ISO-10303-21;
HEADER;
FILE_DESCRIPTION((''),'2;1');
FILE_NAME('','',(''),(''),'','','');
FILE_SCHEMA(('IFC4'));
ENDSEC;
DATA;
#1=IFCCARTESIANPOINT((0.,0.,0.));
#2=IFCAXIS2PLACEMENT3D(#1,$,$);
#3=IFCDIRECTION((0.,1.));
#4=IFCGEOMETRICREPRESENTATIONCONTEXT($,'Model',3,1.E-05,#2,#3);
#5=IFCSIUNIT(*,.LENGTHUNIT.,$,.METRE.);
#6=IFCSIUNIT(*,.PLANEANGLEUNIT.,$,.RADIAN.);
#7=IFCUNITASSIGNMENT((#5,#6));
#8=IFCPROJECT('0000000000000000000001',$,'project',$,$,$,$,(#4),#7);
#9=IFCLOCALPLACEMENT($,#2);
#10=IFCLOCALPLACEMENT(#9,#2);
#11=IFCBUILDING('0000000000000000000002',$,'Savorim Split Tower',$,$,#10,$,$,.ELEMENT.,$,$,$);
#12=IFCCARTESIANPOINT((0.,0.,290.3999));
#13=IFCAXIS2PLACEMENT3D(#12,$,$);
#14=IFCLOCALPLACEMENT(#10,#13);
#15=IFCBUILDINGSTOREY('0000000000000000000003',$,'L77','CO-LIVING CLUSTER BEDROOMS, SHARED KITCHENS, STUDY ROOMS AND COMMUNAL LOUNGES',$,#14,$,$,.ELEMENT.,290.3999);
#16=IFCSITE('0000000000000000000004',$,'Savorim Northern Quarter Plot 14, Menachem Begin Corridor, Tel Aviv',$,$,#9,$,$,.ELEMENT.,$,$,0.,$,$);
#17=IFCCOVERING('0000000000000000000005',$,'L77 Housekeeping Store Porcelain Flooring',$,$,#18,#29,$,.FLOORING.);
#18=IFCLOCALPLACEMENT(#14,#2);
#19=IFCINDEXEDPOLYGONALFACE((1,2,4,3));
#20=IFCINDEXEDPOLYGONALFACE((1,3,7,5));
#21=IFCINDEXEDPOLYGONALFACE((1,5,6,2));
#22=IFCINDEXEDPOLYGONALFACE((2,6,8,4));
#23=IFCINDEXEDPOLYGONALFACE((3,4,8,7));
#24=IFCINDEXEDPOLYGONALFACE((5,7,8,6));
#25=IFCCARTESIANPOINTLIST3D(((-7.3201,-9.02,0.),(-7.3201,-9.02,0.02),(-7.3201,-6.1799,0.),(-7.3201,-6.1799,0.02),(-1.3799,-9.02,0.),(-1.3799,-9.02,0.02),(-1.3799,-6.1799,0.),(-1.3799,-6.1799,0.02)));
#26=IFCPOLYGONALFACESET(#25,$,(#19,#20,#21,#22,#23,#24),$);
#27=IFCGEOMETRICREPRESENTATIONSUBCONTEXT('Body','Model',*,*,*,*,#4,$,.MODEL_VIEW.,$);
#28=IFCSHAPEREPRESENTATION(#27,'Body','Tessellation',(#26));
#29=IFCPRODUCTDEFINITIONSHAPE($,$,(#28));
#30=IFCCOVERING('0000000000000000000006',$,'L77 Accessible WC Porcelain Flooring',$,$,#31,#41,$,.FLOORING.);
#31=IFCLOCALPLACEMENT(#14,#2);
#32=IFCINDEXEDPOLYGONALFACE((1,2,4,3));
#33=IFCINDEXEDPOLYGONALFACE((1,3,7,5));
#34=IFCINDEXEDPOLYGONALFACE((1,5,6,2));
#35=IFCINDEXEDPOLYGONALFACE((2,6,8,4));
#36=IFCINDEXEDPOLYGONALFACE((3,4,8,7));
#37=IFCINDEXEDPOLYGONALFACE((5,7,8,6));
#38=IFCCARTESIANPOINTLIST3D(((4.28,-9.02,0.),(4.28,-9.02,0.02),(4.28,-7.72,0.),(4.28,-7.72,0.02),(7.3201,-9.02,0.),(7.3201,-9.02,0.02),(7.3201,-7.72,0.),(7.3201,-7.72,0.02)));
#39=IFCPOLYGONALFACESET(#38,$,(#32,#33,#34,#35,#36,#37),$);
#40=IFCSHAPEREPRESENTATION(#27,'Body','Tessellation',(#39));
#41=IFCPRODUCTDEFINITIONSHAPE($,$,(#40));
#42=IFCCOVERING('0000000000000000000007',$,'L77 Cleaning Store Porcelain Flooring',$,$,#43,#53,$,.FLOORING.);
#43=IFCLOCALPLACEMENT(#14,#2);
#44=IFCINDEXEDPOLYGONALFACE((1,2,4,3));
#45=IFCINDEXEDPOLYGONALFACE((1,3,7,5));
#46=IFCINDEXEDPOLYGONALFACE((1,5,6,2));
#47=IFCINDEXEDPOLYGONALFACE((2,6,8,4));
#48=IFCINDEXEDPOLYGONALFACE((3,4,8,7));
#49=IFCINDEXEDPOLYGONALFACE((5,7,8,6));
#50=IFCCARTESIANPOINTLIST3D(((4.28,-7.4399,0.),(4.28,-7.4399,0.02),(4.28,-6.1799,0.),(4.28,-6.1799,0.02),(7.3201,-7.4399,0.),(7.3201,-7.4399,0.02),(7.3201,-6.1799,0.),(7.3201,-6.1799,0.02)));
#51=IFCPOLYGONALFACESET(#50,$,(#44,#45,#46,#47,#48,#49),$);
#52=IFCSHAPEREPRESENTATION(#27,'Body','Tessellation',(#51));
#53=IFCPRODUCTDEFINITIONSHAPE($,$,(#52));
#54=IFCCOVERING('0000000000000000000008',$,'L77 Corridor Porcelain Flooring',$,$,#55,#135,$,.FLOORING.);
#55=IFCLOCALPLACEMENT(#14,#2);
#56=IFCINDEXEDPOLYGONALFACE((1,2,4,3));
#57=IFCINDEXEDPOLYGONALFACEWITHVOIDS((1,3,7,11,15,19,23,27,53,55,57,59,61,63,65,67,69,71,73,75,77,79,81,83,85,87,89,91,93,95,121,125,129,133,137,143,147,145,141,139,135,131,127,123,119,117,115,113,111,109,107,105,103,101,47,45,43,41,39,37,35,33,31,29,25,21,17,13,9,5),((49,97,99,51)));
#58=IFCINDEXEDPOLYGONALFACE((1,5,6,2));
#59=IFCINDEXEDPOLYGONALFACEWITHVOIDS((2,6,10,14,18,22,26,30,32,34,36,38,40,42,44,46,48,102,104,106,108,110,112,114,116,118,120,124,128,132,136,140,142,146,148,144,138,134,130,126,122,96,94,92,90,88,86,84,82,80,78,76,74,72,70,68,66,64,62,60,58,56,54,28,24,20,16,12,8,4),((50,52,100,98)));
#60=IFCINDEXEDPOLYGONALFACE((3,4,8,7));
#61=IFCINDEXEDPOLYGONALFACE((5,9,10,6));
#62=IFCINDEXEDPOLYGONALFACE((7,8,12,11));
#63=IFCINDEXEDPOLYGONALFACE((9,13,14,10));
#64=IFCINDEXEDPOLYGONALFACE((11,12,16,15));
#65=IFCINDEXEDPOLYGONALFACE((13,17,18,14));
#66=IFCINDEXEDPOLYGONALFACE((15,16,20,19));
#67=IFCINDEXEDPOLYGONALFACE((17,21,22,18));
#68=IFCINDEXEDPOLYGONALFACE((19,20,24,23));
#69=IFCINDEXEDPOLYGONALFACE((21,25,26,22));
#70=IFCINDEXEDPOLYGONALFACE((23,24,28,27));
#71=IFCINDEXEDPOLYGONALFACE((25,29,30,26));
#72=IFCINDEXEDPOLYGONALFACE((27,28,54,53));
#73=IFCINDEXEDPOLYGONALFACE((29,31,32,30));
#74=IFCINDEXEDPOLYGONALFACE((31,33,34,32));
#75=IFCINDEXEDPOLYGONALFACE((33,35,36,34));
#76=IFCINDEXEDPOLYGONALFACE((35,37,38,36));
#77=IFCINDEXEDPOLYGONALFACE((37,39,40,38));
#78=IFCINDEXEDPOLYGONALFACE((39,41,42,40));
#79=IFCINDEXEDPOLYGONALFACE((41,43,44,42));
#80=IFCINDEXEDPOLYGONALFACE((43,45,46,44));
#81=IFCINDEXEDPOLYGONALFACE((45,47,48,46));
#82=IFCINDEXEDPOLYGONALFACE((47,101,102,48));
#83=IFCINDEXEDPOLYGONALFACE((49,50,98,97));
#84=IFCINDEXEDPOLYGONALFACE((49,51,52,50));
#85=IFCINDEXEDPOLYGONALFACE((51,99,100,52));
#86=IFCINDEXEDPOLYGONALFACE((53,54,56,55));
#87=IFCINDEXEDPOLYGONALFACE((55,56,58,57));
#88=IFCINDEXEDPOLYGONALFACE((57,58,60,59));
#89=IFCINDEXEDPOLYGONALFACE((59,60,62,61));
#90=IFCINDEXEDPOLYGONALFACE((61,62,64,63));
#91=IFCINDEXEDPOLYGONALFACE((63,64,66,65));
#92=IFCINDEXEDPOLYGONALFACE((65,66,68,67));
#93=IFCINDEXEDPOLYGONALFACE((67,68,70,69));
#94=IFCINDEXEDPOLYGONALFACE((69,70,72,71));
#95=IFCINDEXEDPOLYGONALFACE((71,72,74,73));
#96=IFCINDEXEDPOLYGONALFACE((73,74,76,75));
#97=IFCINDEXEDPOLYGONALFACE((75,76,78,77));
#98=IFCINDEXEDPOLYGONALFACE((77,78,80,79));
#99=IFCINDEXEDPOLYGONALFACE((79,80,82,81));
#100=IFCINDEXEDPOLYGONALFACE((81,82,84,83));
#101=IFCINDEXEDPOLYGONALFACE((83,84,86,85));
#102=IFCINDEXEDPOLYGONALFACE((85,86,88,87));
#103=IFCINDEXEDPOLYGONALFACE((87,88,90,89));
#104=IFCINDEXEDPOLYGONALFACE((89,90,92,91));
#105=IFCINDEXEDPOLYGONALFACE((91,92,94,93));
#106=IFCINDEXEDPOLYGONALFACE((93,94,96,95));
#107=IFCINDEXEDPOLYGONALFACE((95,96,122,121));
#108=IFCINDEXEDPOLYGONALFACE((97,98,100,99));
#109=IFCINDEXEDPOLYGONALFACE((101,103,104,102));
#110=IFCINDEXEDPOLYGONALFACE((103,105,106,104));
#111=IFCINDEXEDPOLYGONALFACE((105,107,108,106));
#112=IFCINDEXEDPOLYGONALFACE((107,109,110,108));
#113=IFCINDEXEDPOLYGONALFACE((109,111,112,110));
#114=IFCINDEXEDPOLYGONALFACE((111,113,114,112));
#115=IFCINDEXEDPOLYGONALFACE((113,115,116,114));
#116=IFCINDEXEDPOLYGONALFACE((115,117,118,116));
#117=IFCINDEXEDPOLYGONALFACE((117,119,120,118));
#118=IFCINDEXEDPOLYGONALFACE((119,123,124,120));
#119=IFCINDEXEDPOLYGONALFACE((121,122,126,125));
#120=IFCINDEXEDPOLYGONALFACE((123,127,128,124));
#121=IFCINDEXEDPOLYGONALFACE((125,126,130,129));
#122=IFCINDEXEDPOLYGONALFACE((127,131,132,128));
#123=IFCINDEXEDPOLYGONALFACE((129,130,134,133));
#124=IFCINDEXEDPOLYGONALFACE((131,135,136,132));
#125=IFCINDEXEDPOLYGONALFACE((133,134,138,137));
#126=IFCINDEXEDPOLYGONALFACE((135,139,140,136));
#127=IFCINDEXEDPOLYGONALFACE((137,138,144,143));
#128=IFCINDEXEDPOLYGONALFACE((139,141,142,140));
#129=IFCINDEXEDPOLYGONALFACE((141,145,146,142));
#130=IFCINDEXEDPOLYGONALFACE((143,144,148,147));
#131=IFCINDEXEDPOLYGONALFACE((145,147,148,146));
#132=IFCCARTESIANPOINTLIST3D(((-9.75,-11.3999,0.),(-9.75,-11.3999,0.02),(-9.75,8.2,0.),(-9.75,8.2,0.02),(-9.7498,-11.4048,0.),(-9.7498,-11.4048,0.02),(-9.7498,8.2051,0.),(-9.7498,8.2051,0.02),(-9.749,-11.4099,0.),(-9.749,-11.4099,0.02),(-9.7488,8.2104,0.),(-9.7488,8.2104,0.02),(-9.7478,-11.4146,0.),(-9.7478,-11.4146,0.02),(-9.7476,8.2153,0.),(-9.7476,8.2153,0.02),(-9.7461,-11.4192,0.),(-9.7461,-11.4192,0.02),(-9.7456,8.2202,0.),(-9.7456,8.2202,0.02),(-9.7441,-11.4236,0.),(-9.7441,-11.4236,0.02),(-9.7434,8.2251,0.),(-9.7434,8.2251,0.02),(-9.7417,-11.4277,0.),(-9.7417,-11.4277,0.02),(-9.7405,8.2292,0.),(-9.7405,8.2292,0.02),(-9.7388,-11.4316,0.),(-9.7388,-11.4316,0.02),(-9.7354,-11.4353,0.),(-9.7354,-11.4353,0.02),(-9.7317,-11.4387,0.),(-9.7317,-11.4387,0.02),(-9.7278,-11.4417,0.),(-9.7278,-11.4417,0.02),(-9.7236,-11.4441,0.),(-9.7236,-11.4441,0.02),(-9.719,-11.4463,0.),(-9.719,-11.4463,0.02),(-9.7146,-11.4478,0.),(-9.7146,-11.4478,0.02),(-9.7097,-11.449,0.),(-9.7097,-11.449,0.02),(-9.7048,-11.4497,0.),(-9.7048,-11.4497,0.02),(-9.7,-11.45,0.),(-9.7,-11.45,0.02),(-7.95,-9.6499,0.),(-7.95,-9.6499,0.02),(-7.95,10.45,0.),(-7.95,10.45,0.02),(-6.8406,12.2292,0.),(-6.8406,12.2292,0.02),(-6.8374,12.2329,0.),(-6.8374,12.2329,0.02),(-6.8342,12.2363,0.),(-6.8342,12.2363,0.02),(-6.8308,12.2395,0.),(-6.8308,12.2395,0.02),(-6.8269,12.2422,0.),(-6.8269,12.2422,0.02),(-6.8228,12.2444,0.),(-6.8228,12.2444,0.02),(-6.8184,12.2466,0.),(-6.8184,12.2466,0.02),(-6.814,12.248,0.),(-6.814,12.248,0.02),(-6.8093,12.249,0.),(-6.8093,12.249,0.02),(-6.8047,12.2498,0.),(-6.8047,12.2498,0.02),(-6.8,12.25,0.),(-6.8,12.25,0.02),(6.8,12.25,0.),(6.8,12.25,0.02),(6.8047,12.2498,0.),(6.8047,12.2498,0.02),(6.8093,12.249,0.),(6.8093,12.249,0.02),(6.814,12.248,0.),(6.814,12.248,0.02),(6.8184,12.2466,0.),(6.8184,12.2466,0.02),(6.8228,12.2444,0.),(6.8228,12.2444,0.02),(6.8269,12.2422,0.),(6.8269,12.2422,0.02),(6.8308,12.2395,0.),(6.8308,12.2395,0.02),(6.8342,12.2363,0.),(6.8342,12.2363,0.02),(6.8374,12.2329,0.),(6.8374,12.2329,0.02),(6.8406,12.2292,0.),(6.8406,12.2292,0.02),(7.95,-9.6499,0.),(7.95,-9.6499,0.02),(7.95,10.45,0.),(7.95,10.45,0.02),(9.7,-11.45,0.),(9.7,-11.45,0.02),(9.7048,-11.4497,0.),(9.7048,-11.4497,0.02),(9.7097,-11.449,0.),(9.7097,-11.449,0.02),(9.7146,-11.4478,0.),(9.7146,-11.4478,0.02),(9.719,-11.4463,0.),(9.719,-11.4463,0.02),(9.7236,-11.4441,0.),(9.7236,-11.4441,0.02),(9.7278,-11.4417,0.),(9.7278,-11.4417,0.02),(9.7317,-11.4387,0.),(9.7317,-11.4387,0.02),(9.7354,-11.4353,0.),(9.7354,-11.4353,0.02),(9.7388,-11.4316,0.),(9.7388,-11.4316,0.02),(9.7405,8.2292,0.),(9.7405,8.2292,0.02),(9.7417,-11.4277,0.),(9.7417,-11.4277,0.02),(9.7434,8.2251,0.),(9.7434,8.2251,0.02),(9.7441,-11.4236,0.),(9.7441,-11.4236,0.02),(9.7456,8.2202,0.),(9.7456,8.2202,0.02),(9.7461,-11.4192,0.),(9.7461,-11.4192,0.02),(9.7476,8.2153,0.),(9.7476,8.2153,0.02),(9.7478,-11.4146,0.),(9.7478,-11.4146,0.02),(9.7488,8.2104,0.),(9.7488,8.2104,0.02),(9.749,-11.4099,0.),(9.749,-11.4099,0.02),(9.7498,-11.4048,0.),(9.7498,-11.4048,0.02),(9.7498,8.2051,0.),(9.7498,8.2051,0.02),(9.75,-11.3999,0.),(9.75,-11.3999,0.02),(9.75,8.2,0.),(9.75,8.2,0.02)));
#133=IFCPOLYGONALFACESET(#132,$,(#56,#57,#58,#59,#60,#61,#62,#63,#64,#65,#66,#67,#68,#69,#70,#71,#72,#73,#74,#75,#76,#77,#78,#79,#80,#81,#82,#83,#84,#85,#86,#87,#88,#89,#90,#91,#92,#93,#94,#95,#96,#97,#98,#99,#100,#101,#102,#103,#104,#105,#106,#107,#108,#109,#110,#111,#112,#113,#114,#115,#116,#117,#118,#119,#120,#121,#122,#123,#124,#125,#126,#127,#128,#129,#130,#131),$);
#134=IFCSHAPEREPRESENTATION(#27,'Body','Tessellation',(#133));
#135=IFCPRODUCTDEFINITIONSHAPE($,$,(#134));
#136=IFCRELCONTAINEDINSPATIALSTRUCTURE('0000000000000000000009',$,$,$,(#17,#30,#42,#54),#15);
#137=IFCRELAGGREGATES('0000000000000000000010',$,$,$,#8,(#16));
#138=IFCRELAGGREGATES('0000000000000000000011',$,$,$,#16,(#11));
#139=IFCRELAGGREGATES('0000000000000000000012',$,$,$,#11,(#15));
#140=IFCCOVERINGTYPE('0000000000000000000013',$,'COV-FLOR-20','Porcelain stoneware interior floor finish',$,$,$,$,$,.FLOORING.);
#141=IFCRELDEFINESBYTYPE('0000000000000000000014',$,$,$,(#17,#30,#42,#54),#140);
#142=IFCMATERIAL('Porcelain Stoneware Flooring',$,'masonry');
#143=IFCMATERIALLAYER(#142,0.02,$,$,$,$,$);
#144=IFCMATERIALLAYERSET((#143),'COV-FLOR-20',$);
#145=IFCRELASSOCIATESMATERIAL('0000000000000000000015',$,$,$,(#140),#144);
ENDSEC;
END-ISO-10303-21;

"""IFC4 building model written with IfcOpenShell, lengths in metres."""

from ifc_helpers import new_model, si_unit, direction, frame, origin, place, context, subcontext, project, spatial, polyline, outline, extrude, material, layer, layer_set, type_object, element, save


model = new_model("IFC4")

# Units and contexts
model_context = context("Model", 3, precision=1e-05, world=origin(), true_north=direction((0.0, 1.0)))
body_context = subcontext(model_context, "Body", "Model", "MODEL_VIEW")
ifc_project = project(units=[si_unit("LENGTHUNIT", "METRE"), si_unit("PLANEANGLEUNIT", "RADIAN")], contexts=[model_context])

# Site, building, storey
site_placement = place(None, origin())
site = spatial("IfcSite", under=ifc_project, at=site_placement, Name="Savorim Northern Quarter Plot 14, Menachem Begin Corridor, Tel Aviv", CompositionType="ELEMENT", RefElevation=0.0)
building_placement = place(site_placement, origin())
building = spatial("IfcBuilding", under=site, at=building_placement, Name="Savorim Split Tower", CompositionType="ELEMENT")
storey_placement = place(building_placement, frame((0.0, 0.0, 290.3999)))
storey = spatial("IfcBuildingStorey", under=building, at=storey_placement, Name="L77", Description="CO-LIVING CLUSTER BEDROOMS, SHARED KITCHENS, STUDY ROOMS AND COMMUNAL LOUNGES", CompositionType="ELEMENT", Elevation=290.3999)

# Coverings
ifc_material_1 = material(Name="Porcelain Stoneware Flooring", Category="masonry")
ifc_layer_1 = layer(ifc_material_1, 0.02)
ifc_layer_set_1 = layer_set([ifc_layer_1], Name="COV-FLOR-20")
covering_type_1 = type_object("IfcCoveringType", Name="COV-FLOR-20", Description="Porcelain stoneware interior floor finish", PredefinedType="FLOORING", material=ifc_layer_set_1)
covering_1_placement = place(storey_placement, origin())
element("IfcCovering", 1, at=covering_1_placement, inside=storey, type_object=covering_type_1, Name="L77 Housekeeping Store Porcelain Flooring", PredefinedType="FLOORING", context=body_context, shape_type="SweptSolid", body=[
    extrude(outline(polyline([(-7.3201, -6.1799), (-7.3201, -9.02), (-1.3799, -9.02), (-1.3799, -6.1799), (-7.3201, -6.1799)])), origin(), (0.0, 0.0, 1.0), 0.02),
])
covering_2_placement = place(storey_placement, origin())
element("IfcCovering", 2, at=covering_2_placement, inside=storey, type_object=covering_type_1, Name="L77 Accessible WC Porcelain Flooring", PredefinedType="FLOORING", context=body_context, shape_type="SweptSolid", body=[
    extrude(outline(polyline([(4.28, -7.72), (4.28, -9.02), (7.3201, -9.02), (7.3201, -7.72), (4.28, -7.72)])), origin(), (0.0, 0.0, 1.0), 0.02),
])
covering_3_placement = place(storey_placement, origin())
element("IfcCovering", 3, at=covering_3_placement, inside=storey, type_object=covering_type_1, Name="L77 Cleaning Store Porcelain Flooring", PredefinedType="FLOORING", context=body_context, shape_type="SweptSolid", body=[
    extrude(outline(polyline([(4.28, -6.1799), (4.28, -7.4399), (7.3201, -7.4399), (7.3201, -6.1799), (4.28, -6.1799)])), origin(), (0.0, 0.0, 1.0), 0.02),
])
covering_4_placement = place(storey_placement, origin())
element("IfcCovering", 4, at=covering_4_placement, inside=storey, type_object=covering_type_1, Name="L77 Corridor Porcelain Flooring", PredefinedType="FLOORING", context=body_context, shape_type="SweptSolid", body=[
    extrude(outline(polyline([(6.8093, 12.249), (6.8047, 12.2498), (6.8, 12.25), (-6.8, 12.25), (-6.8047, 12.2498), (-6.8093, 12.249), (-6.814, 12.248), (-6.8184, 12.2466), (-6.8228, 12.2444), (-6.8269, 12.2422), (-6.8308, 12.2395), (-6.8342, 12.2363), (-6.8374, 12.2329), (-6.8406, 12.2292), (-9.7405, 8.2292), (-9.7434, 8.2251), (-9.7456, 8.2202), (-9.7476, 8.2153), (-9.7488, 8.2104), (-9.7498, 8.2051), (-9.75, 8.2), (-9.75, -11.3999), (-9.7498, -11.4048), (-9.749, -11.4099), (-9.7478, -11.4146), (-9.7461, -11.4192), (-9.7441, -11.4236), (-9.7417, -11.4277), (-9.7388, -11.4316), (-9.7354, -11.4353), (-9.7317, -11.4387), (-9.7278, -11.4417), (-9.7236, -11.4441), (-9.719, -11.4463), (-9.7146, -11.4478), (-9.7097, -11.449), (-9.7048, -11.4497), (-9.7, -11.45), (9.7, -11.45), (9.7048, -11.4497), (9.7097, -11.449), (9.7146, -11.4478), (9.719, -11.4463), (9.7236, -11.4441), (9.7278, -11.4417), (9.7317, -11.4387), (9.7354, -11.4353), (9.7388, -11.4316), (9.7417, -11.4277), (9.7441, -11.4236), (9.7461, -11.4192), (9.7478, -11.4146), (9.749, -11.4099), (9.7498, -11.4048), (9.75, -11.3999), (9.75, 8.2), (9.7498, 8.2051), (9.7488, 8.2104), (9.7476, 8.2153), (9.7456, 8.2202), (9.7434, 8.2251), (9.7405, 8.2292), (6.8406, 12.2292), (6.8374, 12.2329), (6.8342, 12.2363), (6.8308, 12.2395), (6.8269, 12.2422), (6.8228, 12.2444), (6.8184, 12.2466), (6.814, 12.248), (6.8093, 12.249)]), holes=[polyline([(-7.95, 10.45), (-7.95, -9.6499), (7.95, -9.6499), (7.95, 10.45), (-7.95, 10.45)])]), origin(), (0.0, 0.0, 1.0), 0.02),
])

save(model, "model.ifc")
